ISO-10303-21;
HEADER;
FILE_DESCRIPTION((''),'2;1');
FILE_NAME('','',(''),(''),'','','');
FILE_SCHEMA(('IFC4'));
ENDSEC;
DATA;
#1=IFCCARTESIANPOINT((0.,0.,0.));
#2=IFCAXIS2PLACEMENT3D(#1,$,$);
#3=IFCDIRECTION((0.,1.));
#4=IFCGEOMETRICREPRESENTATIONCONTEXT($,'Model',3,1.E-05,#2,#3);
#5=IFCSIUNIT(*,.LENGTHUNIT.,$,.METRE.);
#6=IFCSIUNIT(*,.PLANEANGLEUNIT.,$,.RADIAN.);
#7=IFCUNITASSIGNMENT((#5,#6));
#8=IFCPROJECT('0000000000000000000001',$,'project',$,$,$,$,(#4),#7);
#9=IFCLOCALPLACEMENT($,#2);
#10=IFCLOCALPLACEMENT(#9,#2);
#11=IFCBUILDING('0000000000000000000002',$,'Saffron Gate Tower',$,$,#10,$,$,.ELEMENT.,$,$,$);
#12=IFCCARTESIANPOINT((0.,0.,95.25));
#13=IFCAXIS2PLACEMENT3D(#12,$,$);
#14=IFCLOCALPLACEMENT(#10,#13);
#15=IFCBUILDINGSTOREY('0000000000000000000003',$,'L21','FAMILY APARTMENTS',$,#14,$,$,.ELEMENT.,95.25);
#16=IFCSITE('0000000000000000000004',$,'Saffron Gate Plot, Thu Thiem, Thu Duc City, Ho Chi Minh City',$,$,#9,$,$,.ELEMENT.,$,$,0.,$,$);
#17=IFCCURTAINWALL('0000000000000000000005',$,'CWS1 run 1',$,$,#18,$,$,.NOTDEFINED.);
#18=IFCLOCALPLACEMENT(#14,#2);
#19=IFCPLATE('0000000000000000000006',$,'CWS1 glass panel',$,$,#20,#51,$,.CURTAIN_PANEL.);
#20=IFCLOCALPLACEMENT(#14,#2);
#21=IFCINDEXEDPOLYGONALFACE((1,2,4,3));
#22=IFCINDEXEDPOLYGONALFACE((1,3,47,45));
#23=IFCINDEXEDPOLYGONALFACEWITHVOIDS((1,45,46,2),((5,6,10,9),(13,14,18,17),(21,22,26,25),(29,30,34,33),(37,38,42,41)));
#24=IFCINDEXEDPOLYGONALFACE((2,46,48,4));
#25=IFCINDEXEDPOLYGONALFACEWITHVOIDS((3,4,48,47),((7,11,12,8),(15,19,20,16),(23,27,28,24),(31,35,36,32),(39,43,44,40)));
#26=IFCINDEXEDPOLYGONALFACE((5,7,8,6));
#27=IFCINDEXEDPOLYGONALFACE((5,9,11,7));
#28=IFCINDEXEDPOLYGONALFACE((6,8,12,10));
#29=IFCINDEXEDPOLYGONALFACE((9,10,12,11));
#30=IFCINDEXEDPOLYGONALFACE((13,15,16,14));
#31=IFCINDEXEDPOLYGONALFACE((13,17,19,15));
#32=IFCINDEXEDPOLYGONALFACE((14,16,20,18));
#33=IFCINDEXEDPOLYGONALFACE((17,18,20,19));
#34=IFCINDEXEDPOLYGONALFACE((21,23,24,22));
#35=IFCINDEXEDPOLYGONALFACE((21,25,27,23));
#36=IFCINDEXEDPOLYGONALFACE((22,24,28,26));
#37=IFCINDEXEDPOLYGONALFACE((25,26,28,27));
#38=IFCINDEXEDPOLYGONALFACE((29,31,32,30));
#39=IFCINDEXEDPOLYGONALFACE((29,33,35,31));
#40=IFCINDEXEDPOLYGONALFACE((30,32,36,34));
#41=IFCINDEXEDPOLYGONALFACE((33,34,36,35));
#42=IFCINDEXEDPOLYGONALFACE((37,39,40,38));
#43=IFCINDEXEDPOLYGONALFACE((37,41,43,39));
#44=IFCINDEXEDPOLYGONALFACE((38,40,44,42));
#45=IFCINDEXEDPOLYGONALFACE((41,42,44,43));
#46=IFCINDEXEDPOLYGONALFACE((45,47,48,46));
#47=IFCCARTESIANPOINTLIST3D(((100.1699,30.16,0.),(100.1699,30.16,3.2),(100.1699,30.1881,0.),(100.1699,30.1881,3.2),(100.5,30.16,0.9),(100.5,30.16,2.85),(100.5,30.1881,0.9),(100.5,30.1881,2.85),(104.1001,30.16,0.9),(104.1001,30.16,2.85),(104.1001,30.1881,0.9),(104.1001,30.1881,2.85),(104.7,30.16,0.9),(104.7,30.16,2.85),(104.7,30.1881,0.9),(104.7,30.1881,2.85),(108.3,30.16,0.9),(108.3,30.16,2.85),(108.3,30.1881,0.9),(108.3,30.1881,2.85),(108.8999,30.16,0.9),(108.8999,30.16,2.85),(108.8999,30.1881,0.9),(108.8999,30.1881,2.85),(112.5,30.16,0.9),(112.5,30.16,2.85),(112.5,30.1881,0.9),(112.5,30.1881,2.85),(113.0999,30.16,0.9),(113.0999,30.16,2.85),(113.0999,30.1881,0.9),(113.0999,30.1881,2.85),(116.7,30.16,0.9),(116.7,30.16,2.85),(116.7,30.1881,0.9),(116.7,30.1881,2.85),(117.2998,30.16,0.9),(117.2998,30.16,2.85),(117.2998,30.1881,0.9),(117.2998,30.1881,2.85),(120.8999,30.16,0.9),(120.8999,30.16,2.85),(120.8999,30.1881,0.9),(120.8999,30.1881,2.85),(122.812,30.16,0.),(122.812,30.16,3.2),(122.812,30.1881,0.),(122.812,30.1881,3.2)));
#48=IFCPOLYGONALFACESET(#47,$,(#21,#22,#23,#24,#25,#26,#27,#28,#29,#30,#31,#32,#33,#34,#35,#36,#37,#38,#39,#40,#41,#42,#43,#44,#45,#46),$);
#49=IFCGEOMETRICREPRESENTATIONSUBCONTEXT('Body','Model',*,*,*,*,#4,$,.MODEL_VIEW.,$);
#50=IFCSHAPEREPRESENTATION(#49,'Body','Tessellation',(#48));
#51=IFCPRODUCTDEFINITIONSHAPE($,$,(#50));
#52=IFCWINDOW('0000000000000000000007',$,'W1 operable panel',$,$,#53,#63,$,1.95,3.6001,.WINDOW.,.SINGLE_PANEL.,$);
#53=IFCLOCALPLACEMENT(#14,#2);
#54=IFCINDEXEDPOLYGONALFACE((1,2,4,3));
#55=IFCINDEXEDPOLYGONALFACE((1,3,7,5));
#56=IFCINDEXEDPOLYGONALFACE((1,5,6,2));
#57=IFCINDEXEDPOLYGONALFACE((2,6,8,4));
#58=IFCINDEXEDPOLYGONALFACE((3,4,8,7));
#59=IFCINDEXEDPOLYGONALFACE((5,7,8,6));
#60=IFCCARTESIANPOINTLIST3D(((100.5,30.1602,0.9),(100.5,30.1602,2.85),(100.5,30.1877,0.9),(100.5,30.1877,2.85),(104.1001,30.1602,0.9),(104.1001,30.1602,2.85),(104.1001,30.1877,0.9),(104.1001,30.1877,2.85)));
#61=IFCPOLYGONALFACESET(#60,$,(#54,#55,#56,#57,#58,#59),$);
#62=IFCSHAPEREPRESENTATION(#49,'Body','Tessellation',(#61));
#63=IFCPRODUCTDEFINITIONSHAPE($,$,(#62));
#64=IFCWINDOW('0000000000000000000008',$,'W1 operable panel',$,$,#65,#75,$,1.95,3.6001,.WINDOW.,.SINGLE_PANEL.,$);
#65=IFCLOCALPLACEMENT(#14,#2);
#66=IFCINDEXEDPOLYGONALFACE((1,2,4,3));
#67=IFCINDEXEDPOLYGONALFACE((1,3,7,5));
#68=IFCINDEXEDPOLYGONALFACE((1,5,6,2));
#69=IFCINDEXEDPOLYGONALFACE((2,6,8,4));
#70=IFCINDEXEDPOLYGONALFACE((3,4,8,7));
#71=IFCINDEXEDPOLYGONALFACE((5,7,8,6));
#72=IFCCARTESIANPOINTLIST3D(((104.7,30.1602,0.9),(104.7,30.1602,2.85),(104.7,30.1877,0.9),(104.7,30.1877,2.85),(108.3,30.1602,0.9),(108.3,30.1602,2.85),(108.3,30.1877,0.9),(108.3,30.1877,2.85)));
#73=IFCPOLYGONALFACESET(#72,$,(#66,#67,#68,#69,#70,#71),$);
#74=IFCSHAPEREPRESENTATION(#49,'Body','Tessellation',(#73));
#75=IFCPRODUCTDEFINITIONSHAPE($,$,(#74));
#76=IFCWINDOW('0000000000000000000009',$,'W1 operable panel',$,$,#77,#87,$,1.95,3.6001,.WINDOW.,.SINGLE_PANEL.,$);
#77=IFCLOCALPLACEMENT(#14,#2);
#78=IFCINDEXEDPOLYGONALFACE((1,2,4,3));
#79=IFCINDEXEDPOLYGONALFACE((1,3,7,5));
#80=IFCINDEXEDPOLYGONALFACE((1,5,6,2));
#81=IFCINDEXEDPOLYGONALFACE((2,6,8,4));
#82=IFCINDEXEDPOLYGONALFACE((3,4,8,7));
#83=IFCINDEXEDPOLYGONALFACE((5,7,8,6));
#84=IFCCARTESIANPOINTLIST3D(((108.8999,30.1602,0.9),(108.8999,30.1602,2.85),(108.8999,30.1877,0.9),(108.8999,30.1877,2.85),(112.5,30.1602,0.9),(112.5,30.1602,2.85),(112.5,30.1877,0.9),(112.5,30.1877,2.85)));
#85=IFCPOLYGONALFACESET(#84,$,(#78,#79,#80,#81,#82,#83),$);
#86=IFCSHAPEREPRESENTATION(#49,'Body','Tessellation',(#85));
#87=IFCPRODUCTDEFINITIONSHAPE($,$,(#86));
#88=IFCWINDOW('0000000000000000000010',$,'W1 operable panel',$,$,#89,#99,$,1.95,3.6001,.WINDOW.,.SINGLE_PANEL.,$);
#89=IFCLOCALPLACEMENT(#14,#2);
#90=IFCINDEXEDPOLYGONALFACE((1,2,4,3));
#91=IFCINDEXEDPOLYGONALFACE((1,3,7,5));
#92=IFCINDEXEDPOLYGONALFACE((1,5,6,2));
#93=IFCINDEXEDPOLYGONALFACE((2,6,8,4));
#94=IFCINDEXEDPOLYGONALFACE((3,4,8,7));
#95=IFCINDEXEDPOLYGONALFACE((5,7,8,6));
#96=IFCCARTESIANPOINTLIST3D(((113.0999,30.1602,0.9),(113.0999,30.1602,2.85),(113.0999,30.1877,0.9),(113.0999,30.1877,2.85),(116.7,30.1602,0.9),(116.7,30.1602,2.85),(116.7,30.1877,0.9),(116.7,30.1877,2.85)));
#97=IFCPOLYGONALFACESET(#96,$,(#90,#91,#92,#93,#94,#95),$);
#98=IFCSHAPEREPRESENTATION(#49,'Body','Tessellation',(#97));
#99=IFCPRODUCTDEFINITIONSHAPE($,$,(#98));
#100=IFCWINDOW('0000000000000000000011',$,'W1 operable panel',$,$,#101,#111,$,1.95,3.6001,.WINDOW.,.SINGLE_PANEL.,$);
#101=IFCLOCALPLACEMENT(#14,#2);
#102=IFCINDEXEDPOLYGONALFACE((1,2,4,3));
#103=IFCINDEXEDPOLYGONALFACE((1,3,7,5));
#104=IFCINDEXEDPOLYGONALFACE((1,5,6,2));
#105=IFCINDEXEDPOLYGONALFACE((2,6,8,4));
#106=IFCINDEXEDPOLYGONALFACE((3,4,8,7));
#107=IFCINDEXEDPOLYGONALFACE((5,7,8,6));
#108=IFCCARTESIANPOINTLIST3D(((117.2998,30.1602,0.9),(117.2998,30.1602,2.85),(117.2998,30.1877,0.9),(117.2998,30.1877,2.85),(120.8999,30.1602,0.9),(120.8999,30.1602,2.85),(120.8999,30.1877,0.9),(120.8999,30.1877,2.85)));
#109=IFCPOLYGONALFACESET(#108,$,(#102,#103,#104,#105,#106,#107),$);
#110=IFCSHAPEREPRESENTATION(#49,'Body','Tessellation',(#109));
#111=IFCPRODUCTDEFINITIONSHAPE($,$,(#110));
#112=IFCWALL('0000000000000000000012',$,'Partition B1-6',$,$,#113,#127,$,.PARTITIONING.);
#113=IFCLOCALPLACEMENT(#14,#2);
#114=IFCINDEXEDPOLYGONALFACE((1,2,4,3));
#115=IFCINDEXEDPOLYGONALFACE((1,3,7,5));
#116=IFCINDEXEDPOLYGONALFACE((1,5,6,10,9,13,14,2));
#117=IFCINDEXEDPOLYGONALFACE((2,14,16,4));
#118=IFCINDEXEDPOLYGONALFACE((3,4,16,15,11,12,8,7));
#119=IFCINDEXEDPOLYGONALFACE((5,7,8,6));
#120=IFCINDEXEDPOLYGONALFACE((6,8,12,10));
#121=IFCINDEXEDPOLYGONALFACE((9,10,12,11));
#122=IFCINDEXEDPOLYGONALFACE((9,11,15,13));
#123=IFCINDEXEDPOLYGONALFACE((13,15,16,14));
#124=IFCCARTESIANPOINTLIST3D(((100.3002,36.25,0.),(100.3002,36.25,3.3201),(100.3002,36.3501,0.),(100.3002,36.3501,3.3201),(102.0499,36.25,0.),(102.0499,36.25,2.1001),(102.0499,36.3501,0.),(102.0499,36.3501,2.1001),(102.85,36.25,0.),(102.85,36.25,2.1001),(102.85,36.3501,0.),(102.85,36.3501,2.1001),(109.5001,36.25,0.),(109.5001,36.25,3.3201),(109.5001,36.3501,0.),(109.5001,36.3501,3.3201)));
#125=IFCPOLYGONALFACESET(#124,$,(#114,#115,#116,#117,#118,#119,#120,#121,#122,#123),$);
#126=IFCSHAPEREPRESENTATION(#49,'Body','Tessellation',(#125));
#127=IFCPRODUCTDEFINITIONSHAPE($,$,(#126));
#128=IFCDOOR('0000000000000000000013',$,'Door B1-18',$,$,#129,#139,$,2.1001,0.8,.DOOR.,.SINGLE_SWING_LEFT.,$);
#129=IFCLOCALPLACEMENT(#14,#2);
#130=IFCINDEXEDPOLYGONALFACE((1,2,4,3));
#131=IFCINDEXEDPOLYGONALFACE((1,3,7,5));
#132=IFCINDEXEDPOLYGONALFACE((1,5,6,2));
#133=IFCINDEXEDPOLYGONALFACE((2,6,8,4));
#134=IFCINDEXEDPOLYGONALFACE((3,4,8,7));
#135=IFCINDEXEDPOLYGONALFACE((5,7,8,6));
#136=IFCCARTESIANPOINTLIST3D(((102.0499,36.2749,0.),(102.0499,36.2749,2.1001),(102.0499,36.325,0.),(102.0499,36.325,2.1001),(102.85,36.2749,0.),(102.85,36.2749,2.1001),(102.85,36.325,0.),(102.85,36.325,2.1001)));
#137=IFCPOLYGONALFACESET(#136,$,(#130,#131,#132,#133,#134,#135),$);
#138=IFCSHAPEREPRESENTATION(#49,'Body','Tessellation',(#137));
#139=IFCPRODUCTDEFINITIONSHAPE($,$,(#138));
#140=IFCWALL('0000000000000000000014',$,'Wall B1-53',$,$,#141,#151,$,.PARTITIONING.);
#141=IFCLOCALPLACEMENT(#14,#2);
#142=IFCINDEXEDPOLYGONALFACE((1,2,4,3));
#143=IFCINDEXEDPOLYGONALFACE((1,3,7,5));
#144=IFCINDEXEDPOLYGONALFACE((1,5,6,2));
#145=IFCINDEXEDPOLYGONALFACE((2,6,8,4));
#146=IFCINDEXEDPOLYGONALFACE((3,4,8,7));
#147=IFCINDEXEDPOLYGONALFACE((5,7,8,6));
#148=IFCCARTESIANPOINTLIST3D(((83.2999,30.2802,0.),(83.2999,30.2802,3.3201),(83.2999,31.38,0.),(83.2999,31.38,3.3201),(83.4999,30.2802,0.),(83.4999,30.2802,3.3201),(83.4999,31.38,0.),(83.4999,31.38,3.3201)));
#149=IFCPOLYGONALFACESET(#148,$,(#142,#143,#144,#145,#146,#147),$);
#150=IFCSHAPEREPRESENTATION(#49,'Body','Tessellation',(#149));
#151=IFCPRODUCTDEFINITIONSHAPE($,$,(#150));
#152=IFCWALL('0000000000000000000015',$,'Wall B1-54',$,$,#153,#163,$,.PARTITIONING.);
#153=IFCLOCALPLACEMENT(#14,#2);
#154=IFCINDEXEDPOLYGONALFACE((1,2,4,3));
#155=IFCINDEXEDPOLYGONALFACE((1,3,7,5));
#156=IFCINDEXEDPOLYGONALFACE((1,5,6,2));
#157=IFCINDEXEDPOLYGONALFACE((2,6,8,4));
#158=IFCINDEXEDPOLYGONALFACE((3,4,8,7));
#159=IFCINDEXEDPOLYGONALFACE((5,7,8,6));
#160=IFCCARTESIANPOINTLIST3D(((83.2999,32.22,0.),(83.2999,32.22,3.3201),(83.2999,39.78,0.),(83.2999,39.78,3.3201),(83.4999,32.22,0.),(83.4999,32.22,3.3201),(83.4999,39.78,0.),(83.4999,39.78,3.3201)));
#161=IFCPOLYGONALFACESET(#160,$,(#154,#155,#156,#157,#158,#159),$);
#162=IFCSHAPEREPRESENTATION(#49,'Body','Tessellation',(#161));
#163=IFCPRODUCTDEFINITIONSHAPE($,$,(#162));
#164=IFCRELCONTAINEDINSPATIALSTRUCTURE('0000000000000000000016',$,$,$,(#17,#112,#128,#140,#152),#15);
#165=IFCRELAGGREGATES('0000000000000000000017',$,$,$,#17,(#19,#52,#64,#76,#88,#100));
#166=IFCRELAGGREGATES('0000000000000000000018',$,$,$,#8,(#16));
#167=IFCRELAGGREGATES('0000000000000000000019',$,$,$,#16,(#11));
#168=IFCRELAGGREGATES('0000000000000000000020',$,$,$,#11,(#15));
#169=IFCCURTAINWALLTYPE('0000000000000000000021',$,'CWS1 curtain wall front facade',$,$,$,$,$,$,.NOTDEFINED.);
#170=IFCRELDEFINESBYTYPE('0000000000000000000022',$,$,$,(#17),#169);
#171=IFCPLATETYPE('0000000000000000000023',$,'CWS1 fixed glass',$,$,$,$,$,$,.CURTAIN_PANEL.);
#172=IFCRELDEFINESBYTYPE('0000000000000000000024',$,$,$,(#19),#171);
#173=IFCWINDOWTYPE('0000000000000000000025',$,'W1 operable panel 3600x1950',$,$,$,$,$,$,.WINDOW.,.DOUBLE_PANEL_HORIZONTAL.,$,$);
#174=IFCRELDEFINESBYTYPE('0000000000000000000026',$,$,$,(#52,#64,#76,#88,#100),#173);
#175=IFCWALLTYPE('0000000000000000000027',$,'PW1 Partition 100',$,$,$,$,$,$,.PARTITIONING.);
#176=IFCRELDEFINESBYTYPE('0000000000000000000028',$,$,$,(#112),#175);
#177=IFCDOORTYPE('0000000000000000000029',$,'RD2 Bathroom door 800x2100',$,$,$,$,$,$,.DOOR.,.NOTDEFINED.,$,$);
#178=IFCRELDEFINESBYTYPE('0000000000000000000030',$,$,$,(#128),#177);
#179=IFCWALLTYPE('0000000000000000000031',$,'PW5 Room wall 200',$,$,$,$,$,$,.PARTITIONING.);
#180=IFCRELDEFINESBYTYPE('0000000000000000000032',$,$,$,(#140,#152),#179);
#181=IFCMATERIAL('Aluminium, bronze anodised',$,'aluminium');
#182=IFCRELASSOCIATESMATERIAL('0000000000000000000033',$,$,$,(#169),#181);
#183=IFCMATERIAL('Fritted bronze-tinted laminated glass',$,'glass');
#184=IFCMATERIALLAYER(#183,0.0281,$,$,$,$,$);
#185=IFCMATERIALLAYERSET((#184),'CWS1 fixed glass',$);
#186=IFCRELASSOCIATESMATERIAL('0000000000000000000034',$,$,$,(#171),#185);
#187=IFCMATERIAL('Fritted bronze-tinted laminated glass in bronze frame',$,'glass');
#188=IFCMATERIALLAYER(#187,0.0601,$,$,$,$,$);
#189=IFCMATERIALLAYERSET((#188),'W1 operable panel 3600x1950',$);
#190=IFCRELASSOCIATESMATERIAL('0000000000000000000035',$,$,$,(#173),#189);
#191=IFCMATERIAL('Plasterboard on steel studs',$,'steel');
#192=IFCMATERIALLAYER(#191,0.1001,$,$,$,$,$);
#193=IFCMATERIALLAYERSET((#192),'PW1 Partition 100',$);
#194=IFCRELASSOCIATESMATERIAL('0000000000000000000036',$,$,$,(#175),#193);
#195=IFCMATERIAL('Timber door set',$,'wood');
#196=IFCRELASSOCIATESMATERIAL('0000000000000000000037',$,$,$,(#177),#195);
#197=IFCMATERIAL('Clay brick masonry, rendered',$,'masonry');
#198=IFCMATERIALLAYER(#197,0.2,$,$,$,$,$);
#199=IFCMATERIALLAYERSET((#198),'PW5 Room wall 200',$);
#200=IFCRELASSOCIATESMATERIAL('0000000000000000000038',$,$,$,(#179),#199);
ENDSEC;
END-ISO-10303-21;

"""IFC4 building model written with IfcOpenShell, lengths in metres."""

from ifc_helpers import new_model, si_unit, direction, frame, frame_2d, origin, place, context, subcontext, project, spatial, rectangle, extrude, material, layer, layer_set, type_object, element, fill, aggregate, save


model = new_model("IFC4")

# Units and contexts
model_context = context("Model", 3, precision=1e-05, world=origin(), true_north=direction((0.0, 1.0)))
body_context = subcontext(model_context, "Body", "Model", "MODEL_VIEW")
ifc_project = project(units=[si_unit("LENGTHUNIT", "METRE"), si_unit("PLANEANGLEUNIT", "RADIAN")], contexts=[model_context])

# Site, building, storey
site_placement = place(None, origin())
site = spatial("IfcSite", under=ifc_project, at=site_placement, Name="Saffron Gate Plot, Thu Thiem, Thu Duc City, Ho Chi Minh City", CompositionType="ELEMENT", RefElevation=0.0)
building_placement = place(site_placement, origin())
building = spatial("IfcBuilding", under=site, at=building_placement, Name="Saffron Gate Tower", CompositionType="ELEMENT")
storey_placement = place(building_placement, frame((0.0, 0.0, 95.25)))
storey = spatial("IfcBuildingStorey", under=building, at=storey_placement, Name="L21", Description="FAMILY APARTMENTS", CompositionType="ELEMENT", Elevation=95.25)

# Curtain wall, plate, openings, windows
ifc_material_1 = material(Name="Aluminium, bronze anodised", Category="aluminium")
curtain_wall_type = type_object("IfcCurtainWallType", Name="CWS1 curtain wall front facade", PredefinedType="NOTDEFINED", material=ifc_material_1)
curtain_wall_placement = place(storey_placement, origin())
curtain_wall = element("IfcCurtainWall", 1, at=curtain_wall_placement, inside=storey, type_object=curtain_wall_type, Name="CWS1 run 1", PredefinedType="NOTDEFINED")
ifc_material_2 = material(Name="Fritted bronze-tinted laminated glass", Category="glass")
ifc_layer_1 = layer(ifc_material_2, 0.0281)
ifc_layer_set_1 = layer_set([ifc_layer_1], Name="CWS1 fixed glass")
plate_type_1 = type_object("IfcPlateType", Name="CWS1 fixed glass", PredefinedType="CURTAIN_PANEL", material=ifc_layer_set_1)
plate_1_placement = place(storey_placement, frame((100.1699, 30.1741, 0.0), z_axis=(0.0, 0.0, 1.0), x_axis=(1.0, 0.0, 0.0)))
plate_1 = element("IfcPlate", 2, at=plate_1_placement, type_object=plate_type_1, Name="CWS1 glass panel", PredefinedType="CURTAIN_PANEL", context=body_context, shape_type="SweptSolid", body=[
    extrude(rectangle(XDim=22.6421, YDim=0.0281, at=frame_2d((11.321, 0.0))), origin(), (0.0, 0.0, 1.0), 3.2),
])
opening_1_placement = place(plate_1_placement, frame((0.3301, 0.0, 0.8999)))
opening_1 = element("IfcOpeningElement", 3, at=opening_1_placement, cuts=plate_1, PredefinedType="OPENING", context=body_context, shape_type="SweptSolid", body=[
    extrude(rectangle(XDim=3.6001, YDim=1.95, at=frame_2d((1.8, 0.9751))), frame((0.0, 0.0239, 0.0), z_axis=(0.0, -1.0, 0.0), x_axis=(1.0, 0.0, 0.0)), (0.0, 0.0, 1.0), 0.0481),
])
opening_2_placement = place(plate_1_placement, frame((4.53, 0.0, 0.8999)))
opening_2 = element("IfcOpeningElement", 4, at=opening_2_placement, cuts=plate_1, PredefinedType="OPENING", context=body_context, shape_type="SweptSolid", body=[
    extrude(rectangle(XDim=3.6001, YDim=1.95, at=frame_2d((1.8, 0.9751))), frame((0.0, 0.0239, 0.0), z_axis=(0.0, -1.0, 0.0), x_axis=(1.0, 0.0, 0.0)), (0.0, 0.0, 1.0), 0.0481),
])
opening_3_placement = place(plate_1_placement, frame((8.73, 0.0, 0.8999)))
opening_3 = element("IfcOpeningElement", 5, at=opening_3_placement, cuts=plate_1, PredefinedType="OPENING", context=body_context, shape_type="SweptSolid", body=[
    extrude(rectangle(XDim=3.6001, YDim=1.95, at=frame_2d((1.8, 0.9751))), frame((0.0, 0.0239, 0.0), z_axis=(0.0, -1.0, 0.0), x_axis=(1.0, 0.0, 0.0)), (0.0, 0.0, 1.0), 0.0481),
])
opening_4_placement = place(plate_1_placement, frame((12.9299, 0.0, 0.8999)))
opening_4 = element("IfcOpeningElement", 6, at=opening_4_placement, cuts=plate_1, PredefinedType="OPENING", context=body_context, shape_type="SweptSolid", body=[
    extrude(rectangle(XDim=3.6001, YDim=1.95, at=frame_2d((1.8, 0.9751))), frame((0.0, 0.0239, 0.0), z_axis=(0.0, -1.0, 0.0), x_axis=(1.0, 0.0, 0.0)), (0.0, 0.0, 1.0), 0.0481),
])
opening_5_placement = place(plate_1_placement, frame((17.1299, 0.0, 0.8999)))
opening_5 = element("IfcOpeningElement", 7, at=opening_5_placement, cuts=plate_1, PredefinedType="OPENING", context=body_context, shape_type="SweptSolid", body=[
    extrude(rectangle(XDim=3.6001, YDim=1.95, at=frame_2d((1.8, 0.9751))), frame((0.0, 0.0239, 0.0), z_axis=(0.0, -1.0, 0.0), x_axis=(1.0, 0.0, 0.0)), (0.0, 0.0, 1.0), 0.0481),
])
ifc_material_3 = material(Name="Fritted bronze-tinted laminated glass in bronze frame", Category="glass")
ifc_layer_2 = layer(ifc_material_3, 0.0601)
ifc_layer_set_2 = layer_set([ifc_layer_2], Name="W1 operable panel 3600x1950")
window_type_1 = type_object("IfcWindowType", Name="W1 operable panel 3600x1950", PartitioningType="DOUBLE_PANEL_HORIZONTAL", PredefinedType="WINDOW", material=ifc_layer_set_2)
window_1_placement = place(opening_1_placement, origin())
window_1 = element("IfcWindow", 8, at=window_1_placement, type_object=window_type_1, Name="W1 operable panel", OverallHeight=1.95, OverallWidth=3.6001, PartitioningType="SINGLE_PANEL", PredefinedType="WINDOW", context=body_context, shape_type="SweptSolid", body=[
    extrude(rectangle(XDim=3.6001, YDim=1.95, at=frame_2d((1.8, 0.9751))), frame((0.0, 0.0137, 0.0), z_axis=(0.0, -1.0, 0.0), x_axis=(1.0, 0.0, 0.0)), (0.0, 0.0, 1.0), 0.0276),
])
fill(opening_1, window_1)
window_2_placement = place(opening_2_placement, origin())
window_2 = element("IfcWindow", 9, at=window_2_placement, type_object=window_type_1, Name="W1 operable panel", OverallHeight=1.95, OverallWidth=3.6001, PartitioningType="SINGLE_PANEL", PredefinedType="WINDOW", context=body_context, shape_type="SweptSolid", body=[
    extrude(rectangle(XDim=3.6001, YDim=1.95, at=frame_2d((1.8, 0.9751))), frame((0.0, 0.0137, 0.0), z_axis=(0.0, -1.0, 0.0), x_axis=(1.0, 0.0, 0.0)), (0.0, 0.0, 1.0), 0.0276),
])
fill(opening_2, window_2)
window_3_placement = place(opening_3_placement, origin())
window_3 = element("IfcWindow", 10, at=window_3_placement, type_object=window_type_1, Name="W1 operable panel", OverallHeight=1.95, OverallWidth=3.6001, PartitioningType="SINGLE_PANEL", PredefinedType="WINDOW", context=body_context, shape_type="SweptSolid", body=[
    extrude(rectangle(XDim=3.6001, YDim=1.95, at=frame_2d((1.8, 0.9751))), frame((0.0, 0.0137, 0.0), z_axis=(0.0, -1.0, 0.0), x_axis=(1.0, 0.0, 0.0)), (0.0, 0.0, 1.0), 0.0276),
])
fill(opening_3, window_3)
window_4_placement = place(opening_4_placement, origin())
window_4 = element("IfcWindow", 11, at=window_4_placement, type_object=window_type_1, Name="W1 operable panel", OverallHeight=1.95, OverallWidth=3.6001, PartitioningType="SINGLE_PANEL", PredefinedType="WINDOW", context=body_context, shape_type="SweptSolid", body=[
    extrude(rectangle(XDim=3.6001, YDim=1.95, at=frame_2d((1.8, 0.9751))), frame((0.0, 0.0137, 0.0), z_axis=(0.0, -1.0, 0.0), x_axis=(1.0, 0.0, 0.0)), (0.0, 0.0, 1.0), 0.0276),
])
fill(opening_4, window_4)
window_5_placement = place(opening_5_placement, origin())
window_5 = element("IfcWindow", 12, at=window_5_placement, type_object=window_type_1, Name="W1 operable panel", OverallHeight=1.95, OverallWidth=3.6001, PartitioningType="SINGLE_PANEL", PredefinedType="WINDOW", context=body_context, shape_type="SweptSolid", body=[
    extrude(rectangle(XDim=3.6001, YDim=1.95, at=frame_2d((1.8, 0.9751))), frame((0.0, 0.0137, 0.0), z_axis=(0.0, -1.0, 0.0), x_axis=(1.0, 0.0, 0.0)), (0.0, 0.0, 1.0), 0.0276),
])
fill(opening_5, window_5)
aggregate(curtain_wall, [plate_1, window_1, window_2, window_3, window_4, window_5])

# Wall, opening, door
ifc_material_4 = material(Name="Plasterboard on steel studs", Category="steel")
ifc_layer_3 = layer(ifc_material_4, 0.1001)
ifc_layer_set_3 = layer_set([ifc_layer_3], Name="PW1 Partition 100")
wall_type_1 = type_object("IfcWallType", Name="PW1 Partition 100", PredefinedType="PARTITIONING", material=ifc_layer_set_3)
wall_1_placement = place(storey_placement, frame((100.3, 36.3, 0.0), z_axis=(0.0, 0.0, 1.0), x_axis=(1.0, 0.0, 0.0)))
wall_1 = element("IfcWall", 13, at=wall_1_placement, inside=storey, type_object=wall_type_1, Name="Partition B1-6", PredefinedType="PARTITIONING", context=body_context, shape_type="SweptSolid", body=[
    extrude(rectangle(XDim=9.2, YDim=0.1001, at=frame_2d((4.6001, 0.0))), origin(), (0.0, 0.0, 1.0), 3.3201),
])
opening_6_placement = place(wall_1_placement, frame((1.75, 0.0, 0.0)))
opening_6 = element("IfcOpeningElement", 14, at=opening_6_placement, cuts=wall_1, PredefinedType="OPENING", context=body_context, shape_type="SweptSolid", body=[
    extrude(rectangle(XDim=0.8, YDim=2.1001, at=frame_2d((0.3999, 1.05))), frame((0.0, 0.0601, 0.0), z_axis=(0.0, -1.0, 0.0), x_axis=(1.0, 0.0, 0.0)), (0.0, 0.0, 1.0), 0.1201),
])
ifc_material_5 = material(Name="Timber door set", Category="wood")
door_type = type_object("IfcDoorType", Name="RD2 Bathroom door 800x2100", OperationType="NOTDEFINED", PredefinedType="DOOR", material=ifc_material_5)
door_placement = place(opening_6_placement, origin())
door = element("IfcDoor", 15, at=door_placement, inside=storey, type_object=door_type, Name="Door B1-18", OperationType="SINGLE_SWING_LEFT", OverallHeight=2.1001, OverallWidth=0.8, PredefinedType="DOOR", context=body_context, shape_type="SweptSolid", body=[
    extrude(rectangle(XDim=0.8, YDim=2.1001, at=frame_2d((0.3999, 1.05))), frame((0.0, 0.0249, 0.0), z_axis=(0.0, -1.0, 0.0), x_axis=(1.0, 0.0, 0.0)), (0.0, 0.0, 1.0), 0.05),
])
fill(opening_6, door)

# Walls
ifc_material_6 = material(Name="Clay brick masonry, rendered", Category="masonry")
ifc_layer_4 = layer(ifc_material_6, 0.2)
ifc_layer_set_4 = layer_set([ifc_layer_4], Name="PW5 Room wall 200")
wall_type_2 = type_object("IfcWallType", Name="PW5 Room wall 200", PredefinedType="PARTITIONING", material=ifc_layer_set_4)
wall_2_placement = place(storey_placement, frame((83.3999, 31.3799, 0.0), z_axis=(0.0, 0.0, 1.0), x_axis=(0.0, -1.0, 0.0)))
element("IfcWall", 16, at=wall_2_placement, inside=storey, type_object=wall_type_2, Name="Wall B1-53", PredefinedType="PARTITIONING", context=body_context, shape_type="SweptSolid", body=[
    extrude(rectangle(XDim=1.0999, YDim=0.2, at=frame_2d((0.5498, 0.0))), origin(), (0.0, 0.0, 1.0), 3.3201),
])
wall_3_placement = place(storey_placement, frame((83.3999, 39.78, 0.0), z_axis=(0.0, 0.0, 1.0), x_axis=(0.0, -1.0, 0.0)))
element("IfcWall", 17, at=wall_3_placement, inside=storey, type_object=wall_type_2, Name="Wall B1-54", PredefinedType="PARTITIONING", context=body_context, shape_type="SweptSolid", body=[
    extrude(rectangle(XDim=7.5601, YDim=0.2, at=frame_2d((3.78, 0.0))), origin(), (0.0, 0.0, 1.0), 3.3201),
])

save(model, "model.ifc")
